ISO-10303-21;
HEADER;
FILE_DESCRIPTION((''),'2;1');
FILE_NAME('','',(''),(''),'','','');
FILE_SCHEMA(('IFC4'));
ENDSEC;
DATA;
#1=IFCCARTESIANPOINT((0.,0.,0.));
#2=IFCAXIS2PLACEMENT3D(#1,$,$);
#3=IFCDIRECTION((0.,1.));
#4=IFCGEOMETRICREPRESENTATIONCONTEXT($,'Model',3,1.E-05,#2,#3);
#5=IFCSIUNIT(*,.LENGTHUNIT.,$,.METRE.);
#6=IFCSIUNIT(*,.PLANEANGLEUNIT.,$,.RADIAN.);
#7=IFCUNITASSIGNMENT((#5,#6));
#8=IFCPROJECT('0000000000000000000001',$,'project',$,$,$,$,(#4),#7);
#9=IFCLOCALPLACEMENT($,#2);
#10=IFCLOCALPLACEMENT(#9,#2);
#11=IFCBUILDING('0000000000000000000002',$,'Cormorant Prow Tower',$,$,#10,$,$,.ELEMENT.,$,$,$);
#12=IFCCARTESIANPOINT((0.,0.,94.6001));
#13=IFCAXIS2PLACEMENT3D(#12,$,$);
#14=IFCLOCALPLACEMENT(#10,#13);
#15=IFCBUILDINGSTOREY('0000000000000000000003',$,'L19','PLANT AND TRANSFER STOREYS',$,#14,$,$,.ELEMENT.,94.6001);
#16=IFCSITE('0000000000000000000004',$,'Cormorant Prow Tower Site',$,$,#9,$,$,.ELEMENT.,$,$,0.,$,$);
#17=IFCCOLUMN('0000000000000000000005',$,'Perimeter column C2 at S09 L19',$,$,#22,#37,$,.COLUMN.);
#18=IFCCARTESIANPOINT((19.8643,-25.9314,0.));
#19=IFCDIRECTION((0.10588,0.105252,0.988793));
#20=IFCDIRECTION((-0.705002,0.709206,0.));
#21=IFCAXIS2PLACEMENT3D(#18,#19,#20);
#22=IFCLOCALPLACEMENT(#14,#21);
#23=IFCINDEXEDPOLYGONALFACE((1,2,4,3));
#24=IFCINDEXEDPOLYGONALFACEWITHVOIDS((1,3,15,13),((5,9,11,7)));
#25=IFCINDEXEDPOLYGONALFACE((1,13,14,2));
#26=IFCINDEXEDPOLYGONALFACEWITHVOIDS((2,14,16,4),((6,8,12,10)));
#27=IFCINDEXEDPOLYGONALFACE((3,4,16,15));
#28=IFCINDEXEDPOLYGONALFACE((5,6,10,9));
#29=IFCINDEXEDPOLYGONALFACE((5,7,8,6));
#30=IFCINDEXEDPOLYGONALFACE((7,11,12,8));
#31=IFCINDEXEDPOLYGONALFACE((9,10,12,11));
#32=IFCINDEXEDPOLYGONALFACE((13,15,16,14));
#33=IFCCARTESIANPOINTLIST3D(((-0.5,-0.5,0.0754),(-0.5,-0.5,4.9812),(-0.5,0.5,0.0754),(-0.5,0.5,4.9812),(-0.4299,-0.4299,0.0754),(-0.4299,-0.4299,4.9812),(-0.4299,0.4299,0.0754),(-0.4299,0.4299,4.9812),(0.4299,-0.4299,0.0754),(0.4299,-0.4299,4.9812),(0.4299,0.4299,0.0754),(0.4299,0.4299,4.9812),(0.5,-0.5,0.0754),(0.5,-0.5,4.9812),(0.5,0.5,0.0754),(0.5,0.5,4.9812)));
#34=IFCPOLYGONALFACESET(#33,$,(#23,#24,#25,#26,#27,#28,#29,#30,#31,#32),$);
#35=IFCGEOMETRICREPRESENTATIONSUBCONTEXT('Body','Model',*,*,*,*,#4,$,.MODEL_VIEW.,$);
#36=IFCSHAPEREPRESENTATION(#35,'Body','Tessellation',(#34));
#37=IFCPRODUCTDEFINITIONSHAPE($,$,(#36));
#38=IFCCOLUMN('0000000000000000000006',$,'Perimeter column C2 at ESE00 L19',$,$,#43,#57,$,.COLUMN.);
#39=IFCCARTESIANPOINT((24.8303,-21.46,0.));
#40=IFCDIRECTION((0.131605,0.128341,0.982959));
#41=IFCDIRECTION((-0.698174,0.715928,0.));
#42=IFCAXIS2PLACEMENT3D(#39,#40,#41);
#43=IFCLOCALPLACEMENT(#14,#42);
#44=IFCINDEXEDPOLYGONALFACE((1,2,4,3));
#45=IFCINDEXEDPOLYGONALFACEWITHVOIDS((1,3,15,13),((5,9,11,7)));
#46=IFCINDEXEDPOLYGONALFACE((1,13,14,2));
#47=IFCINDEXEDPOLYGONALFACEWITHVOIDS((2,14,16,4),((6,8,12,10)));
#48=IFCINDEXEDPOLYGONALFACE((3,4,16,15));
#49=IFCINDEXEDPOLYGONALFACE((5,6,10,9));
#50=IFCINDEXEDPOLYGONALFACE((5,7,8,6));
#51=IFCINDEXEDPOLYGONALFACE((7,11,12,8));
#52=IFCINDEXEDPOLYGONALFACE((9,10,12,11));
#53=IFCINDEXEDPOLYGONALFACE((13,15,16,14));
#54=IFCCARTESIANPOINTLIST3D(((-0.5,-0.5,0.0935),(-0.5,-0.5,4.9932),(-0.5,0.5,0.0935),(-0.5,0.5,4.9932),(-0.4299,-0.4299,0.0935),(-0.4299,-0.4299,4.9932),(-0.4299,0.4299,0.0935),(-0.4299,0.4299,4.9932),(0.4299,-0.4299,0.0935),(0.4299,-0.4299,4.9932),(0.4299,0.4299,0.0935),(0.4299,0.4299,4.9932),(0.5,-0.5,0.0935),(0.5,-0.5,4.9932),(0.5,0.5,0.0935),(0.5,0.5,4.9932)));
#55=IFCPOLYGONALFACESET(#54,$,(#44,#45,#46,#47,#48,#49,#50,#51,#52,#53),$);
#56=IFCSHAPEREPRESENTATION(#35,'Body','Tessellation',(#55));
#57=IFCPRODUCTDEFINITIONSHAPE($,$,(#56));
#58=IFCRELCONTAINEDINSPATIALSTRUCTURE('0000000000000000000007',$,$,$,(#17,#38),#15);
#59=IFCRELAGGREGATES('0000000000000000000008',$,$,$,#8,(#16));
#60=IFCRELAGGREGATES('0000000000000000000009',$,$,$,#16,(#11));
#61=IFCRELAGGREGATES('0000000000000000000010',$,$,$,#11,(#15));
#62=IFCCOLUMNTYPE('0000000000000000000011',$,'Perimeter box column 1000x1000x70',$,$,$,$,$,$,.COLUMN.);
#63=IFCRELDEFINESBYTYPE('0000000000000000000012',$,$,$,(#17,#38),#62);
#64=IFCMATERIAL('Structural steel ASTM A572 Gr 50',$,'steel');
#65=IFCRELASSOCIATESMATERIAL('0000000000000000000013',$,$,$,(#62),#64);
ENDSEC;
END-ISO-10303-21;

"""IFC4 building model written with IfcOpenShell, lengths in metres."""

from ifc_helpers import new_model, si_unit, direction, frame, origin, origin_2d, place, context, subcontext, project, spatial, hollow_rectangle, extrude, material, material_profile, profile_set, type_object, element, save


model = new_model("IFC4")

# Units and contexts
model_context = context("Model", 3, precision=1e-05, world=origin(), true_north=direction((0.0, 1.0)))
body_context = subcontext(model_context, "Body", "Model", "MODEL_VIEW")
ifc_project = project(units=[si_unit("LENGTHUNIT", "METRE"), si_unit("PLANEANGLEUNIT", "RADIAN")], contexts=[model_context])

# Site, building, storey
site_placement = place(None, origin())
site = spatial("IfcSite", under=ifc_project, at=site_placement, Name="Cormorant Prow Tower Site", CompositionType="ELEMENT", RefElevation=0.0)
building_placement = place(site_placement, origin())
building = spatial("IfcBuilding", under=site, at=building_placement, Name="Cormorant Prow Tower", CompositionType="ELEMENT")
storey_placement = place(building_placement, frame((0.0, 0.0, 94.6001)))
storey = spatial("IfcBuildingStorey", under=building, at=storey_placement, Name="L19", Description="PLANT AND TRANSFER STOREYS", CompositionType="ELEMENT", Elevation=94.6001)

# Columns
ifc_material_1 = material(Name="Structural steel ASTM A572 Gr 50", Category="steel")
ifc_material_profile_1 = material_profile(ifc_material_1, hollow_rectangle(XDim=1.0, YDim=1.0, WallThickness=0.0701, at=origin_2d()), Name="Box 1000x1000x70")
ifc_profile_set_1 = profile_set([ifc_material_profile_1], Name="Structural steel ASTM A572 Gr 50")
column_type = type_object("IfcColumnType", Name="Perimeter box column 1000x1000x70", PredefinedType="COLUMN", material=ifc_profile_set_1)
column_1_placement = place(storey_placement, frame((19.8643, -25.9314, 0.0), z_axis=(0.10588, 0.105252, 0.988793), x_axis=(-0.705002, 0.709206, 0.0)))
element("IfcColumn", 1, at=column_1_placement, inside=storey, type_object=column_type, Name="Perimeter column C2 at S09 L19", PredefinedType="COLUMN", context=body_context, shape_type="SweptSolid", body=[
    extrude(hollow_rectangle(XDim=1.0, YDim=1.0, WallThickness=0.0701, at=origin_2d()), frame((0.0, 0.0, 0.0754)), (0.0, 0.0, 1.0), 4.9058),
])
column_2_placement = place(storey_placement, frame((24.8303, -21.46, 0.0), z_axis=(0.131605, 0.128341, 0.982959), x_axis=(-0.698174, 0.715928, 0.0)))
element("IfcColumn", 2, at=column_2_placement, inside=storey, type_object=column_type, Name="Perimeter column C2 at ESE00 L19", PredefinedType="COLUMN", context=body_context, shape_type="SweptSolid", body=[
    extrude(hollow_rectangle(XDim=1.0, YDim=1.0, WallThickness=0.0701, at=origin_2d()), frame((0.0, 0.0, 0.0935)), (0.0, 0.0, 1.0), 4.8997),
])

save(model, "model.ifc")
